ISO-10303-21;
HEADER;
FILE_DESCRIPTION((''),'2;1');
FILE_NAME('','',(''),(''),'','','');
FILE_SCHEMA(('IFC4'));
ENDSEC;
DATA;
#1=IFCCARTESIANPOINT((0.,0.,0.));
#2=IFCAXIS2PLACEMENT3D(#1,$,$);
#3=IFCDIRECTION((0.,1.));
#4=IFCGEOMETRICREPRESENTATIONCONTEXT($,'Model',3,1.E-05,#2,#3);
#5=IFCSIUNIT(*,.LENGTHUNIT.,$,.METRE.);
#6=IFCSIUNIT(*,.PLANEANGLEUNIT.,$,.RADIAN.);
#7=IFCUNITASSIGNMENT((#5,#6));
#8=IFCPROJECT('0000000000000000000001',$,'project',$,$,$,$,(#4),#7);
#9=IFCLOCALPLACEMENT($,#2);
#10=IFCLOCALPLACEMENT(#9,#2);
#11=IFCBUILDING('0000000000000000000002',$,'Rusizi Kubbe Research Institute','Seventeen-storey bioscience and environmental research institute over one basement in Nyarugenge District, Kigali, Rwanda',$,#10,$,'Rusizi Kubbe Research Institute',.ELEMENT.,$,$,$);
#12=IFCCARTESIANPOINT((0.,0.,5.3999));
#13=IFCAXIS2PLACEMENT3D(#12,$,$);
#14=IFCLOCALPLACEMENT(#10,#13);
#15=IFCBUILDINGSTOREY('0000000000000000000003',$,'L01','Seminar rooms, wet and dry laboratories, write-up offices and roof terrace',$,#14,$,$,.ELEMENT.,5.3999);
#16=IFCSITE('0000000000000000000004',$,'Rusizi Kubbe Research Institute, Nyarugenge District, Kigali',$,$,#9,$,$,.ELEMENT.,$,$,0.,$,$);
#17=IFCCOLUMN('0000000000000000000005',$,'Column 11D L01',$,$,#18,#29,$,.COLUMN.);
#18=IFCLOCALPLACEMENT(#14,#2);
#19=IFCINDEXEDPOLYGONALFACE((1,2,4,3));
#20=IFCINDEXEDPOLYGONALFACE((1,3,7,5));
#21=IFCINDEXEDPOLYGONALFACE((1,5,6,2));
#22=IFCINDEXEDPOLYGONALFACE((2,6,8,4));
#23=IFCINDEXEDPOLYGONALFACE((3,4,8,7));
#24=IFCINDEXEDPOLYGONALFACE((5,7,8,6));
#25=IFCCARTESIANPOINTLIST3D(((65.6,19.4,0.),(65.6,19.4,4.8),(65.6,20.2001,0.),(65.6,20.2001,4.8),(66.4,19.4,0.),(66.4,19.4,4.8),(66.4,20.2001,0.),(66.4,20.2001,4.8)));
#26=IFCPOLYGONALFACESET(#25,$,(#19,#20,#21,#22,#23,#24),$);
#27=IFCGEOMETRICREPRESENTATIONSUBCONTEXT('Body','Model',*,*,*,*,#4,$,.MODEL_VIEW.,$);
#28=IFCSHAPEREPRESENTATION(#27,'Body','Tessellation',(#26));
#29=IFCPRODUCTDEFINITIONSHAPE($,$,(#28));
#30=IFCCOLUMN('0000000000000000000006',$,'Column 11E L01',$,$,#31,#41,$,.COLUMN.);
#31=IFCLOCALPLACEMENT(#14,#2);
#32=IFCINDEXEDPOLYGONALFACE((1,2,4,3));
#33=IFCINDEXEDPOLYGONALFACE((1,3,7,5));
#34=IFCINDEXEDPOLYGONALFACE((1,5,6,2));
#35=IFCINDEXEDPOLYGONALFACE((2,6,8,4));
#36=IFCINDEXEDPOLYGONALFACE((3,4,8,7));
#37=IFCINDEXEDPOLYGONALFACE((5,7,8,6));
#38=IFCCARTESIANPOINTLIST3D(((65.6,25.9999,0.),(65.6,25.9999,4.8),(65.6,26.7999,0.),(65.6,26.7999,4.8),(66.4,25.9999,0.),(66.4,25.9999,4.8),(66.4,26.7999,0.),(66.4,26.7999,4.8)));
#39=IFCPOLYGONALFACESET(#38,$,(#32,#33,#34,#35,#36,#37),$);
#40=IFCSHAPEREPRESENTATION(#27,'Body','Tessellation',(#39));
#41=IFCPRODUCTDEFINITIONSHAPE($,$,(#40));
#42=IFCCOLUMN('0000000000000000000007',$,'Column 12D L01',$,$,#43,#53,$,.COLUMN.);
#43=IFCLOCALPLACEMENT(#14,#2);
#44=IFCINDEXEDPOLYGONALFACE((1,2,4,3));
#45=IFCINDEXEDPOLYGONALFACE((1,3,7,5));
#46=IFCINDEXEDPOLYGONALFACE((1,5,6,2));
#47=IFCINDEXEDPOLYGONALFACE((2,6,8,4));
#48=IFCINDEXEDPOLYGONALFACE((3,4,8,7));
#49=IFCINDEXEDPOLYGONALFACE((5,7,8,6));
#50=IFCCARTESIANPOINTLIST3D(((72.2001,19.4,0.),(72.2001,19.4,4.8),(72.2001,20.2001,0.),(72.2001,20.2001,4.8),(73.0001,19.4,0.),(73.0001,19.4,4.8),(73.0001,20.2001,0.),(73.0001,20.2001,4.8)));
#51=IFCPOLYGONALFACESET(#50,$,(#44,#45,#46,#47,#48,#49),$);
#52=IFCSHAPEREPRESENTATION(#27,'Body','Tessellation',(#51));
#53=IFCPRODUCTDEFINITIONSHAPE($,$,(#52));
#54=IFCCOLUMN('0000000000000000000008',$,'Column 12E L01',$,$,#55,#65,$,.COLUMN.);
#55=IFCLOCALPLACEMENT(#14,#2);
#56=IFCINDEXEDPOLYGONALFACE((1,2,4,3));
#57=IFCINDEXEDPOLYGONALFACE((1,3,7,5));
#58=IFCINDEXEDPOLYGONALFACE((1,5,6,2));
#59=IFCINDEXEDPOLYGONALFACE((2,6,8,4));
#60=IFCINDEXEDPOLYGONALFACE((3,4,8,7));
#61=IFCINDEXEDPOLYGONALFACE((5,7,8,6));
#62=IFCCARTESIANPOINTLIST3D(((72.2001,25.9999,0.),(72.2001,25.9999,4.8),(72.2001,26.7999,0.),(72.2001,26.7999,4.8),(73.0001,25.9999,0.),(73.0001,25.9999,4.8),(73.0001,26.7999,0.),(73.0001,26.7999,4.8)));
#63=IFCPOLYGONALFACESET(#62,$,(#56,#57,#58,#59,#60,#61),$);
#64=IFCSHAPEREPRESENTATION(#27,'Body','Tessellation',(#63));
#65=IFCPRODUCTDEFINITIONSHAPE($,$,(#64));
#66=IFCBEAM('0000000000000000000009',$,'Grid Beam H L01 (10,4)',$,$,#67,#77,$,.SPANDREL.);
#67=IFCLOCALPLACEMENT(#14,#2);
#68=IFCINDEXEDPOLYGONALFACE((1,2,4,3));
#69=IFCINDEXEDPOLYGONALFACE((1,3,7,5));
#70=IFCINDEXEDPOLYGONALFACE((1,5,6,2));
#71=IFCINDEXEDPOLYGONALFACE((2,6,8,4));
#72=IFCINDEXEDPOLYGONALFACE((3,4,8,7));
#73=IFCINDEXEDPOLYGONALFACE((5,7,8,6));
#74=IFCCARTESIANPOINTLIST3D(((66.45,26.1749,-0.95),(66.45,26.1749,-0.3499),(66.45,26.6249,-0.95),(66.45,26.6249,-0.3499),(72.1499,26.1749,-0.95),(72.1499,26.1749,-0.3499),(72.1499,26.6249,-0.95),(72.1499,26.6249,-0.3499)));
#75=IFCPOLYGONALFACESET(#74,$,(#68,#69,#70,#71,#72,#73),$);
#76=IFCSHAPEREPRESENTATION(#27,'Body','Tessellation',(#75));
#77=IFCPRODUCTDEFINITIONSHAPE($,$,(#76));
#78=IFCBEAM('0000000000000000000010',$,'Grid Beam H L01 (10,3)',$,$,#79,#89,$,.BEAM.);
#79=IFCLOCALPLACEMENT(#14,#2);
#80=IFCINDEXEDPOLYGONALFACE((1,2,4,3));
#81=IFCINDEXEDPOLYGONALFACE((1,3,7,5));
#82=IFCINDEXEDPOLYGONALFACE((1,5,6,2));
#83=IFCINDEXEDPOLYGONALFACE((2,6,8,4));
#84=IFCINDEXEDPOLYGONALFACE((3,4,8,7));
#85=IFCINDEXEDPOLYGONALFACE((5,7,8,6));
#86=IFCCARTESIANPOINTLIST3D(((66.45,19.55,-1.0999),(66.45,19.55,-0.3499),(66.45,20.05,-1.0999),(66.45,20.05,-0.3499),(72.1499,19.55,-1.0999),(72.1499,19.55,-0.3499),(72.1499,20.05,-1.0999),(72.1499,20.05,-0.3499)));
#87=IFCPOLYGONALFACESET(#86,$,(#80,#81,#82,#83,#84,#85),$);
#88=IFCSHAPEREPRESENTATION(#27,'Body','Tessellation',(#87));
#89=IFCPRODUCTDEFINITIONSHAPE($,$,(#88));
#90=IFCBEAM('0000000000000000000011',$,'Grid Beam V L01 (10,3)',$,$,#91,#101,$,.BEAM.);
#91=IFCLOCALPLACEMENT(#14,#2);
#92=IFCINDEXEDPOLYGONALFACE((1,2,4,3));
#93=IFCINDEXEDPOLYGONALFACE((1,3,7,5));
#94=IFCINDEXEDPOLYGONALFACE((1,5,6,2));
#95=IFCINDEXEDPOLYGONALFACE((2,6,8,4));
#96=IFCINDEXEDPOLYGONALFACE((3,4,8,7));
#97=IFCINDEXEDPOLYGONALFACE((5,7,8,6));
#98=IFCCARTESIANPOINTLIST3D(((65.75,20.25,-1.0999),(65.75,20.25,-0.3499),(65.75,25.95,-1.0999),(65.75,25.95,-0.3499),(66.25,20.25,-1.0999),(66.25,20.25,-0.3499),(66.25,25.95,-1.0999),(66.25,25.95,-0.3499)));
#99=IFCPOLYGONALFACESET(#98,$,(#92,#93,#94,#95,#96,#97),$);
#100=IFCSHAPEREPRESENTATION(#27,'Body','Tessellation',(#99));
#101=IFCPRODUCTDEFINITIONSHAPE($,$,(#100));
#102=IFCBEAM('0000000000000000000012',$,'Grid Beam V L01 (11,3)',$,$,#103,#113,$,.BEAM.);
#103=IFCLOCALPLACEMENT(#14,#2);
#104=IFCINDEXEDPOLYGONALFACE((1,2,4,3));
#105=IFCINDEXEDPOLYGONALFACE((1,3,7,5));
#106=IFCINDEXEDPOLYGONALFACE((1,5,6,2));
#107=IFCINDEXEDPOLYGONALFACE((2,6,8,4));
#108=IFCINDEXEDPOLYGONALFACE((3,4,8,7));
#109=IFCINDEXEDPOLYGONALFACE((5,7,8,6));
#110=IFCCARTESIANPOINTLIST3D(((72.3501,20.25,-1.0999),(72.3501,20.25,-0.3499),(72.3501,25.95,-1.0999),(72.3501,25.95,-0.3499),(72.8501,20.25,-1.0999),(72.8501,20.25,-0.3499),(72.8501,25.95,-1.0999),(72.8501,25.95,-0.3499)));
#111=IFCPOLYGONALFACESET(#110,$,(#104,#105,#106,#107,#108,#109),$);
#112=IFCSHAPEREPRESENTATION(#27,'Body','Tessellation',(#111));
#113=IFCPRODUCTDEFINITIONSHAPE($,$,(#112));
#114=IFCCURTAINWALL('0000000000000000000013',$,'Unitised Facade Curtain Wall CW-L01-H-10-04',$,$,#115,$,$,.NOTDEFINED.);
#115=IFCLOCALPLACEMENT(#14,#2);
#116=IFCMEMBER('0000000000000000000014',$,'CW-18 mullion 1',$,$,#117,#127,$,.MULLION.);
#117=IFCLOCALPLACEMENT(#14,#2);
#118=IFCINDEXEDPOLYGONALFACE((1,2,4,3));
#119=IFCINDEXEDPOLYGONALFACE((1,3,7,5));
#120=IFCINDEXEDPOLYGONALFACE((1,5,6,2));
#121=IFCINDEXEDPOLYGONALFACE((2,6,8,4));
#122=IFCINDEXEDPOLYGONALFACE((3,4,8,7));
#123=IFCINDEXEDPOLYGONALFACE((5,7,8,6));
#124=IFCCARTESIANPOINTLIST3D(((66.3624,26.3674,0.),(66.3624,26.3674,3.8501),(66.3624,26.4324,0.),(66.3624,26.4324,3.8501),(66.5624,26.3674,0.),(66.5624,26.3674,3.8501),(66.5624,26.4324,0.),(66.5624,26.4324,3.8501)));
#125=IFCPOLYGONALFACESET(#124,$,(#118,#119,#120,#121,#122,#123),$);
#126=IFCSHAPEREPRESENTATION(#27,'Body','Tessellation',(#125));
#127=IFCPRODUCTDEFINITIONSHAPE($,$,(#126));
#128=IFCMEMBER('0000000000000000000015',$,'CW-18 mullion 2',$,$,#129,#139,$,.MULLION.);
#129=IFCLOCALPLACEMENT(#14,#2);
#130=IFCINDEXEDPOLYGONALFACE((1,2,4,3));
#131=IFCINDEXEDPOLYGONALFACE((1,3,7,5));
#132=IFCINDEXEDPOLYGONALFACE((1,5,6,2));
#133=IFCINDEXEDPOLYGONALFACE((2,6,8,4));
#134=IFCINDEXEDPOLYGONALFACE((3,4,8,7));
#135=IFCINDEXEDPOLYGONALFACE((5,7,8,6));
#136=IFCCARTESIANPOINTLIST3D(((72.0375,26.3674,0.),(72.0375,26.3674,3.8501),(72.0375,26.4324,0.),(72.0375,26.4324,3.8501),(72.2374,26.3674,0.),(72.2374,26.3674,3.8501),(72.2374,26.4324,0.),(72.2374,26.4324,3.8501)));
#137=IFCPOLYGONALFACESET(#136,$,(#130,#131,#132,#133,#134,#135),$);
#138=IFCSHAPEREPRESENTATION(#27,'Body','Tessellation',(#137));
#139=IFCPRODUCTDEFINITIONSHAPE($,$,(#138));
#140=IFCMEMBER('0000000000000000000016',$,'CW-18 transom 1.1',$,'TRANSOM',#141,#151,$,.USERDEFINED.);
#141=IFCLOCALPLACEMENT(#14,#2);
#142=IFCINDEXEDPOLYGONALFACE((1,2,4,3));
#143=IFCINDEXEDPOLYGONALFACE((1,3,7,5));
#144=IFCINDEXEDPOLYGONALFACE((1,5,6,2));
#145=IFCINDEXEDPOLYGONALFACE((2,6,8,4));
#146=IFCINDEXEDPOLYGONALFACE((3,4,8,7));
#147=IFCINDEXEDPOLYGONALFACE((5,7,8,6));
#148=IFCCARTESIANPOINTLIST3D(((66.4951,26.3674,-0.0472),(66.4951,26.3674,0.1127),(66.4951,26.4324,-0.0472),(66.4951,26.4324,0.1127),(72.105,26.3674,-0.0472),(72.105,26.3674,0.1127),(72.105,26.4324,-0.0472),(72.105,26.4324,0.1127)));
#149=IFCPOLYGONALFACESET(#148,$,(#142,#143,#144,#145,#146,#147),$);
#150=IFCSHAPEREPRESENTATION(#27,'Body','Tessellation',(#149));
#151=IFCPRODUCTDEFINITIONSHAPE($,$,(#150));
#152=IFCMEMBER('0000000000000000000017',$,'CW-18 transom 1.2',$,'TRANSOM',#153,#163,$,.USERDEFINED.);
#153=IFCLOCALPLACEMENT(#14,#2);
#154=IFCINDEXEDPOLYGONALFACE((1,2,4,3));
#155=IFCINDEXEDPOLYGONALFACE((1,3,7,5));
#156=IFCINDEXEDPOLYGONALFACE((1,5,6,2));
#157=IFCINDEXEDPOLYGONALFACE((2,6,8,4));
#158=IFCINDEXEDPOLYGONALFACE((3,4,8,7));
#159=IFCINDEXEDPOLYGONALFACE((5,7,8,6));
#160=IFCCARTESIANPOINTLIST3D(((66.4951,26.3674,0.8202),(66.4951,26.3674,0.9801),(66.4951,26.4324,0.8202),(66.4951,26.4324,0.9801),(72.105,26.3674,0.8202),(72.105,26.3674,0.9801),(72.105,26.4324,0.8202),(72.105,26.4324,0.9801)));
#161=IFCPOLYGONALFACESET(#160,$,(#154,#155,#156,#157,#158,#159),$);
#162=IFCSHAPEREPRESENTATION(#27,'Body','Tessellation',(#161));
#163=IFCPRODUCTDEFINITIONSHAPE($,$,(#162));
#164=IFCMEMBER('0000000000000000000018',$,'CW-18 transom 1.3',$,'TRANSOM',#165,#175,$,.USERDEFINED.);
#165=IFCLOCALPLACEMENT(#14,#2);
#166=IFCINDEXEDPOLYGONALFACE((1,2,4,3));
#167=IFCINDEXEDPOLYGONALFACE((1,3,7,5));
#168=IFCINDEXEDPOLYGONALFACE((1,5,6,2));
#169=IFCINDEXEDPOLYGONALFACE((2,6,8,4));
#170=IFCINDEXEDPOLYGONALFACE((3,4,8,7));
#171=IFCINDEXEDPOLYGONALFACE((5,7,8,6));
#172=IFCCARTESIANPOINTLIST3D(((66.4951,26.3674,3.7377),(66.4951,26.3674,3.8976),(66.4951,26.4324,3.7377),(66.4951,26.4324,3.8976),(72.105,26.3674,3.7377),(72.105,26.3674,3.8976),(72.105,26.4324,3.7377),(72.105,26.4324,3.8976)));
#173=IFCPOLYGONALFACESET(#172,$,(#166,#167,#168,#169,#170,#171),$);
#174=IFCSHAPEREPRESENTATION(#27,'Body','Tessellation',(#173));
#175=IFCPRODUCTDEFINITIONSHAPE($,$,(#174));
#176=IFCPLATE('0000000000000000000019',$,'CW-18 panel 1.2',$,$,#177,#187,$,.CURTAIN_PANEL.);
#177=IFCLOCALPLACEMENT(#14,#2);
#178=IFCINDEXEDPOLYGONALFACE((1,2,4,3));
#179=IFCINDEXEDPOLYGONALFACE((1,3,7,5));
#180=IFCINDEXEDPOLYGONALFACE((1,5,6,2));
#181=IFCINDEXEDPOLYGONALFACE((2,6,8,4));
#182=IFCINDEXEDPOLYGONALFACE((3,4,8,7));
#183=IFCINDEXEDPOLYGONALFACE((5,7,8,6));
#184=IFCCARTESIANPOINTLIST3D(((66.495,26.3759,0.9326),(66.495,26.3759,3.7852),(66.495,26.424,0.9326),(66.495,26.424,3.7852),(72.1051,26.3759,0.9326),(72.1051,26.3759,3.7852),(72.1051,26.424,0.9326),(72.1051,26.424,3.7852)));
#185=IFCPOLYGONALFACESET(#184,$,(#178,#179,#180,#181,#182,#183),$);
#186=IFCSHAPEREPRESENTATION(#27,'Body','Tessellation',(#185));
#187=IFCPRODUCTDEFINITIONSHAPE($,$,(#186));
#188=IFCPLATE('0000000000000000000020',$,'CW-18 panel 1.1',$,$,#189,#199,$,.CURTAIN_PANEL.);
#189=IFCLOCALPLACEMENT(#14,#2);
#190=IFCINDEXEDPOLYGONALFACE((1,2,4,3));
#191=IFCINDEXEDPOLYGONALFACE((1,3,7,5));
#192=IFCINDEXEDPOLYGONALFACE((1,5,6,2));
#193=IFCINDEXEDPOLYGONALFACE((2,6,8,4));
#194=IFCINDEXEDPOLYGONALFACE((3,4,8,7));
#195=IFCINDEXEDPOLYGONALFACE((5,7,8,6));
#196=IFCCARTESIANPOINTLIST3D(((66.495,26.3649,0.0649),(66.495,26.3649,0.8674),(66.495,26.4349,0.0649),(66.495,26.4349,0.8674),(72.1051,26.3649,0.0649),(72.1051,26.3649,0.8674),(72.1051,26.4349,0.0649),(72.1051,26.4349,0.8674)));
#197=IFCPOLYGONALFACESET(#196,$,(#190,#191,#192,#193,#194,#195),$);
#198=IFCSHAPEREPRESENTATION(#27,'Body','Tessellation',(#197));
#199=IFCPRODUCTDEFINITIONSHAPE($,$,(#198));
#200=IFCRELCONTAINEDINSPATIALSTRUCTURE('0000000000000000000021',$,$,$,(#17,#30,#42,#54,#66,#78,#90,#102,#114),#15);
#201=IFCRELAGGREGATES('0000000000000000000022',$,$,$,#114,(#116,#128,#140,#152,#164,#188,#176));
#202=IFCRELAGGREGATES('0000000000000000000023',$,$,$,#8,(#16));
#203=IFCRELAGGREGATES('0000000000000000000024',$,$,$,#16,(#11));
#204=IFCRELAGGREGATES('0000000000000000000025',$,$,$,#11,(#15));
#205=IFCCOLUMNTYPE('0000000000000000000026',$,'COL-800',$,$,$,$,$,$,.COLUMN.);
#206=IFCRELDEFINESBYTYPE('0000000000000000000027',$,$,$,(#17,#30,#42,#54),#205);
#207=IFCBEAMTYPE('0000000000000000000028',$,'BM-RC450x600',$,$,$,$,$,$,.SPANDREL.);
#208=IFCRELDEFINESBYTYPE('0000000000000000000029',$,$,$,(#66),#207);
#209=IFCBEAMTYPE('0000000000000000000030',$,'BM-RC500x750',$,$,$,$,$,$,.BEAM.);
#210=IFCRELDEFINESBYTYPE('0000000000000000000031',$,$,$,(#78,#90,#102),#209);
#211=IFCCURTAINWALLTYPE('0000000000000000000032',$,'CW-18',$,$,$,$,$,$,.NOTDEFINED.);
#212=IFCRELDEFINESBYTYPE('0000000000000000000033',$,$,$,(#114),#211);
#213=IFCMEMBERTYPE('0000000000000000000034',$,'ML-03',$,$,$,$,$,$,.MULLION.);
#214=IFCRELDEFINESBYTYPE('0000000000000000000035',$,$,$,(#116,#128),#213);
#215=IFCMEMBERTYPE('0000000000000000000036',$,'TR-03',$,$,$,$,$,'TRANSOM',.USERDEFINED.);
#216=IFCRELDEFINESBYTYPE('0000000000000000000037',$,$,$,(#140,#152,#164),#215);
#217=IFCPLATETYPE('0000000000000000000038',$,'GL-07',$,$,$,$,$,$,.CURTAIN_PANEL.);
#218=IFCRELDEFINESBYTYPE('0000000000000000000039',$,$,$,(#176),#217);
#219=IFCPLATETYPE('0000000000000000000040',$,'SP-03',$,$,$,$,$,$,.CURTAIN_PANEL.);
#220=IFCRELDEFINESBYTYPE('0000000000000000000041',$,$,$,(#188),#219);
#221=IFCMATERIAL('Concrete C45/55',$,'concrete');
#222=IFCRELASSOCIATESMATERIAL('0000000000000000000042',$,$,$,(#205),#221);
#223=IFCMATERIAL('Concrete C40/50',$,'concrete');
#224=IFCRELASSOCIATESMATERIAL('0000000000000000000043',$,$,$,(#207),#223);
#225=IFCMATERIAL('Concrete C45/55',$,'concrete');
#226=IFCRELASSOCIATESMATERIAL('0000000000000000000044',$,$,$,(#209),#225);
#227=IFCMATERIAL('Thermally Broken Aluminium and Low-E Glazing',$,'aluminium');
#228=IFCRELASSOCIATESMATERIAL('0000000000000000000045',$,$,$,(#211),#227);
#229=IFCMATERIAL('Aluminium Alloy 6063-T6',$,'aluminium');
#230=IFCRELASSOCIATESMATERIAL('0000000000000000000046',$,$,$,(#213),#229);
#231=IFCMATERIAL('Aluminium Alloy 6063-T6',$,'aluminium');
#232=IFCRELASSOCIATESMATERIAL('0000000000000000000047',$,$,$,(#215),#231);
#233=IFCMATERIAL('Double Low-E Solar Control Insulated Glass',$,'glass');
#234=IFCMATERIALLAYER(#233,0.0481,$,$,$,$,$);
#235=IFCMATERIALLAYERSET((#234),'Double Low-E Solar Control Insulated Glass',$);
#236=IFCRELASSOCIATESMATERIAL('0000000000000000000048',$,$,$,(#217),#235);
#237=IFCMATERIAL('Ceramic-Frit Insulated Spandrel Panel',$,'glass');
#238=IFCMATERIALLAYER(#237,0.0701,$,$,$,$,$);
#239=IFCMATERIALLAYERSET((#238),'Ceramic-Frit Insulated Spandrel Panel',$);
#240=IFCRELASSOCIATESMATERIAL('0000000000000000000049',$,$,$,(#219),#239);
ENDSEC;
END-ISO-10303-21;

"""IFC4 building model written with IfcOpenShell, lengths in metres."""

from ifc_helpers import new_model, si_unit, direction, frame, origin, origin_2d, place, context, subcontext, project, spatial, rectangle, extrude, material, layer, layer_set, material_profile, profile_set, type_object, element, aggregate, save


model = new_model("IFC4")

# Units and contexts
model_context = context("Model", 3, precision=1e-05, world=origin(), true_north=direction((0.0, 1.0)))
body_context = subcontext(model_context, "Body", "Model", "MODEL_VIEW")
ifc_project = project(units=[si_unit("LENGTHUNIT", "METRE"), si_unit("PLANEANGLEUNIT", "RADIAN")], contexts=[model_context])

# Site, building, storey
site_placement = place(None, origin())
site = spatial("IfcSite", under=ifc_project, at=site_placement, Name="Rusizi Kubbe Research Institute, Nyarugenge District, Kigali", CompositionType="ELEMENT", RefElevation=0.0)
building_placement = place(site_placement, origin())
building = spatial("IfcBuilding", under=site, at=building_placement, Name="Rusizi Kubbe Research Institute", Description="Seventeen-storey bioscience and environmental research institute over one basement in Nyarugenge District, Kigali, Rwanda", LongName="Rusizi Kubbe Research Institute", CompositionType="ELEMENT")
storey_placement = place(building_placement, frame((0.0, 0.0, 5.3999)))
storey = spatial("IfcBuildingStorey", under=building, at=storey_placement, Name="L01", Description="Seminar rooms, wet and dry laboratories, write-up offices and roof terrace", CompositionType="ELEMENT", Elevation=5.3999)

# Columns
ifc_material_1 = material(Name="Concrete C45/55", Category="concrete")
ifc_material_profile_1 = material_profile(ifc_material_1, rectangle(XDim=0.8, YDim=0.8, at=origin_2d()), Name="RC800x800")
ifc_profile_set_1 = profile_set([ifc_material_profile_1], Name="Concrete C45/55")
column_type = type_object("IfcColumnType", Name="COL-800", PredefinedType="COLUMN", material=ifc_profile_set_1)
for number, where, z_axis, x_axis, name in (
    (1, (66.0, 19.8, 0.0), (0.0, 0.0, 1.0), (1.0, 0.0, 0.0), "Column 11D L01"),
    (2, (66.0, 26.3999, 0.0), (0.0, 0.0, 1.0), (1.0, 0.0, 0.0), "Column 11E L01"),
    (3, (72.6001, 19.8, 0.0), (0.0, 0.0, 1.0), (1.0, 0.0, 0.0), "Column 12D L01"),
    (4, (72.6001, 26.3999, 0.0), (0.0, 0.0, 1.0), (1.0, 0.0, 0.0), "Column 12E L01"),
):
    element("IfcColumn", number, at=place(storey_placement, frame(where, z_axis=z_axis, x_axis=x_axis)), inside=storey, type_object=column_type, Name=name, PredefinedType="COLUMN", context=body_context, shape_type="SweptSolid", body=[
        extrude(rectangle(XDim=0.8, YDim=0.8, at=origin_2d()), origin(), (0.0, 0.0, 1.0), 4.8),
    ])

# Beams
ifc_material_2 = material(Name="Concrete C40/50", Category="concrete")
ifc_material_profile_2 = material_profile(ifc_material_2, rectangle(XDim=0.45, YDim=0.6001, at=origin_2d()), Name="RC450x600")
ifc_profile_set_2 = profile_set([ifc_material_profile_2], Name="Concrete C40/50")
beam_type_1 = type_object("IfcBeamType", Name="BM-RC450x600", PredefinedType="SPANDREL", material=ifc_profile_set_2)
beam_placement = place(storey_placement, frame((66.45, 26.3999, -0.6499), z_axis=(1.0, 0.0, 0.0), x_axis=(0.0, 1.0, 0.0)))
element("IfcBeam", 5, at=beam_placement, inside=storey, type_object=beam_type_1, Name="Grid Beam H L01 (10,4)", PredefinedType="SPANDREL", context=body_context, shape_type="SweptSolid", body=[
    extrude(rectangle(XDim=0.45, YDim=0.6001, at=origin_2d()), origin(), (0.0, 0.0, 1.0), 5.7),
])
ifc_material_3 = material(Name="Concrete C45/55", Category="concrete")
ifc_material_profile_3 = material_profile(ifc_material_3, rectangle(XDim=0.5, YDim=0.75, at=origin_2d()), Name="RC500x750B")
ifc_profile_set_3 = profile_set([ifc_material_profile_3], Name="Concrete C45/55")
beam_type_2 = type_object("IfcBeamType", Name="BM-RC500x750", PredefinedType="BEAM", material=ifc_profile_set_3)
for number, where, z_axis, x_axis, name in (
    (6, (66.45, 19.8, -0.7249), (1.0, 0.0, 0.0), (0.0, 1.0, 0.0), "Grid Beam H L01 (10,3)"),
    (7, (66.0, 20.25, -0.7249), (0.0, 1.0, 0.0), (-1.0, 0.0, 0.0), "Grid Beam V L01 (10,3)"),
    (8, (72.6001, 20.25, -0.7249), (0.0, 1.0, 0.0), (-1.0, 0.0, 0.0), "Grid Beam V L01 (11,3)"),
):
    element("IfcBeam", number, at=place(storey_placement, frame(where, z_axis=z_axis, x_axis=x_axis)), inside=storey, type_object=beam_type_2, Name=name, PredefinedType="BEAM", context=body_context, shape_type="SweptSolid", body=[
        extrude(rectangle(XDim=0.5, YDim=0.75, at=origin_2d()), origin(), (0.0, 0.0, 1.0), 5.7),
    ])

# Curtain wall, members, plates
ifc_material_4 = material(Name="Thermally Broken Aluminium and Low-E Glazing", Category="aluminium")
curtain_wall_type = type_object("IfcCurtainWallType", Name="CW-18", PredefinedType="NOTDEFINED", material=ifc_material_4)
curtain_wall_placement = place(storey_placement, origin())
curtain_wall = element("IfcCurtainWall", 9, at=curtain_wall_placement, inside=storey, type_object=curtain_wall_type, Name="Unitised Facade Curtain Wall CW-L01-H-10-04", PredefinedType="NOTDEFINED")
ifc_material_5 = material(Name="Aluminium Alloy 6063-T6", Category="aluminium")
ifc_material_profile_4 = material_profile(ifc_material_5, rectangle(XDim=0.0649, YDim=0.2, at=origin_2d()), Name="ALU-M 65x200")
ifc_profile_set_4 = profile_set([ifc_material_profile_4], Name="Aluminium Alloy 6063-T6")
member_type_1 = type_object("IfcMemberType", Name="ML-03", PredefinedType="MULLION", material=ifc_profile_set_4)
member_1_placement = place(storey_placement, frame((66.4624, 26.3999, 0.0), z_axis=(0.0, 0.0, 1.0), x_axis=(0.0, 1.0, 0.0)))
member_1 = element("IfcMember", 10, at=member_1_placement, type_object=member_type_1, Name="CW-18 mullion 1", PredefinedType="MULLION", context=body_context, shape_type="SweptSolid", body=[
    extrude(rectangle(XDim=0.0649, YDim=0.2, at=origin_2d()), origin(), (0.0, 0.0, 1.0), 3.8501),
])
member_2_placement = place(storey_placement, frame((72.1375, 26.3999, 0.0), z_axis=(0.0, 0.0, 1.0), x_axis=(0.0, 1.0, 0.0)))
member_2 = element("IfcMember", 11, at=member_2_placement, type_object=member_type_1, Name="CW-18 mullion 2", PredefinedType="MULLION", context=body_context, shape_type="SweptSolid", body=[
    extrude(rectangle(XDim=0.0649, YDim=0.2, at=origin_2d()), origin(), (0.0, 0.0, 1.0), 3.8501),
])
ifc_material_6 = material(Name="Aluminium Alloy 6063-T6", Category="aluminium")
ifc_material_profile_5 = material_profile(ifc_material_6, rectangle(XDim=0.0649, YDim=0.1599, at=origin_2d()), Name="ALU-T 65x160")
ifc_profile_set_5 = profile_set([ifc_material_profile_5], Name="Aluminium Alloy 6063-T6")
member_type_2 = type_object("IfcMemberType", Name="TR-03", ElementType="TRANSOM", PredefinedType="USERDEFINED", material=ifc_profile_set_5)
member_3_placement = place(storey_placement, frame((66.4951, 26.3999, 0.0327), z_axis=(1.0, 0.0, 0.0), x_axis=(0.0, 1.0, 0.0)))
member_3 = element("IfcMember", 12, at=member_3_placement, type_object=member_type_2, Name="CW-18 transom 1.1", ObjectType="TRANSOM", PredefinedType="USERDEFINED", context=body_context, shape_type="SweptSolid", body=[
    extrude(rectangle(XDim=0.0649, YDim=0.1599, at=origin_2d()), origin(), (0.0, 0.0, 1.0), 5.6099),
])
member_4_placement = place(storey_placement, frame((66.4951, 26.3999, 0.9001), z_axis=(1.0, 0.0, 0.0), x_axis=(0.0, 1.0, 0.0)))
member_4 = element("IfcMember", 13, at=member_4_placement, type_object=member_type_2, Name="CW-18 transom 1.2", ObjectType="TRANSOM", PredefinedType="USERDEFINED", context=body_context, shape_type="SweptSolid", body=[
    extrude(rectangle(XDim=0.0649, YDim=0.1599, at=origin_2d()), origin(), (0.0, 0.0, 1.0), 5.6099),
])
member_5_placement = place(storey_placement, frame((66.4951, 26.3999, 3.8176), z_axis=(1.0, 0.0, 0.0), x_axis=(0.0, 1.0, 0.0)))
member_5 = element("IfcMember", 14, at=member_5_placement, type_object=member_type_2, Name="CW-18 transom 1.3", ObjectType="TRANSOM", PredefinedType="USERDEFINED", context=body_context, shape_type="SweptSolid", body=[
    extrude(rectangle(XDim=0.0649, YDim=0.1599, at=origin_2d()), origin(), (0.0, 0.0, 1.0), 5.6099),
])
ifc_material_7 = material(Name="Double Low-E Solar Control Insulated Glass", Category="glass")
ifc_layer_1 = layer(ifc_material_7, 0.0481)
ifc_layer_set_1 = layer_set([ifc_layer_1], Name="Double Low-E Solar Control Insulated Glass")
plate_type_1 = type_object("IfcPlateType", Name="GL-07", PredefinedType="CURTAIN_PANEL", material=ifc_layer_set_1)
plate_1_placement = place(storey_placement, frame((69.3, 26.3999, 0.9326), z_axis=(0.0, 0.0, 1.0), x_axis=(1.0, 0.0, 0.0)))
plate_1 = element("IfcPlate", 15, at=plate_1_placement, type_object=plate_type_1, Name="CW-18 panel 1.2", PredefinedType="CURTAIN_PANEL", context=body_context, shape_type="SweptSolid", body=[
    extrude(rectangle(XDim=5.6101, YDim=0.0481, at=origin_2d()), origin(), (0.0, 0.0, 1.0), 2.8525),
])
ifc_material_8 = material(Name="Ceramic-Frit Insulated Spandrel Panel", Category="glass")
ifc_layer_2 = layer(ifc_material_8, 0.0701)
ifc_layer_set_2 = layer_set([ifc_layer_2], Name="Ceramic-Frit Insulated Spandrel Panel")
plate_type_2 = type_object("IfcPlateType", Name="SP-03", PredefinedType="CURTAIN_PANEL", material=ifc_layer_set_2)
plate_2_placement = place(storey_placement, frame((69.3, 26.3999, 0.0649), z_axis=(0.0, 0.0, 1.0), x_axis=(1.0, 0.0, 0.0)))
plate_2 = element("IfcPlate", 16, at=plate_2_placement, type_object=plate_type_2, Name="CW-18 panel 1.1", PredefinedType="CURTAIN_PANEL", context=body_context, shape_type="SweptSolid", body=[
    extrude(rectangle(XDim=5.6101, YDim=0.0701, at=origin_2d()), origin(), (0.0, 0.0, 1.0), 0.8025),
])
aggregate(curtain_wall, [member_1, member_2, member_3, member_4, member_5, plate_2, plate_1])

save(model, "model.ifc")
